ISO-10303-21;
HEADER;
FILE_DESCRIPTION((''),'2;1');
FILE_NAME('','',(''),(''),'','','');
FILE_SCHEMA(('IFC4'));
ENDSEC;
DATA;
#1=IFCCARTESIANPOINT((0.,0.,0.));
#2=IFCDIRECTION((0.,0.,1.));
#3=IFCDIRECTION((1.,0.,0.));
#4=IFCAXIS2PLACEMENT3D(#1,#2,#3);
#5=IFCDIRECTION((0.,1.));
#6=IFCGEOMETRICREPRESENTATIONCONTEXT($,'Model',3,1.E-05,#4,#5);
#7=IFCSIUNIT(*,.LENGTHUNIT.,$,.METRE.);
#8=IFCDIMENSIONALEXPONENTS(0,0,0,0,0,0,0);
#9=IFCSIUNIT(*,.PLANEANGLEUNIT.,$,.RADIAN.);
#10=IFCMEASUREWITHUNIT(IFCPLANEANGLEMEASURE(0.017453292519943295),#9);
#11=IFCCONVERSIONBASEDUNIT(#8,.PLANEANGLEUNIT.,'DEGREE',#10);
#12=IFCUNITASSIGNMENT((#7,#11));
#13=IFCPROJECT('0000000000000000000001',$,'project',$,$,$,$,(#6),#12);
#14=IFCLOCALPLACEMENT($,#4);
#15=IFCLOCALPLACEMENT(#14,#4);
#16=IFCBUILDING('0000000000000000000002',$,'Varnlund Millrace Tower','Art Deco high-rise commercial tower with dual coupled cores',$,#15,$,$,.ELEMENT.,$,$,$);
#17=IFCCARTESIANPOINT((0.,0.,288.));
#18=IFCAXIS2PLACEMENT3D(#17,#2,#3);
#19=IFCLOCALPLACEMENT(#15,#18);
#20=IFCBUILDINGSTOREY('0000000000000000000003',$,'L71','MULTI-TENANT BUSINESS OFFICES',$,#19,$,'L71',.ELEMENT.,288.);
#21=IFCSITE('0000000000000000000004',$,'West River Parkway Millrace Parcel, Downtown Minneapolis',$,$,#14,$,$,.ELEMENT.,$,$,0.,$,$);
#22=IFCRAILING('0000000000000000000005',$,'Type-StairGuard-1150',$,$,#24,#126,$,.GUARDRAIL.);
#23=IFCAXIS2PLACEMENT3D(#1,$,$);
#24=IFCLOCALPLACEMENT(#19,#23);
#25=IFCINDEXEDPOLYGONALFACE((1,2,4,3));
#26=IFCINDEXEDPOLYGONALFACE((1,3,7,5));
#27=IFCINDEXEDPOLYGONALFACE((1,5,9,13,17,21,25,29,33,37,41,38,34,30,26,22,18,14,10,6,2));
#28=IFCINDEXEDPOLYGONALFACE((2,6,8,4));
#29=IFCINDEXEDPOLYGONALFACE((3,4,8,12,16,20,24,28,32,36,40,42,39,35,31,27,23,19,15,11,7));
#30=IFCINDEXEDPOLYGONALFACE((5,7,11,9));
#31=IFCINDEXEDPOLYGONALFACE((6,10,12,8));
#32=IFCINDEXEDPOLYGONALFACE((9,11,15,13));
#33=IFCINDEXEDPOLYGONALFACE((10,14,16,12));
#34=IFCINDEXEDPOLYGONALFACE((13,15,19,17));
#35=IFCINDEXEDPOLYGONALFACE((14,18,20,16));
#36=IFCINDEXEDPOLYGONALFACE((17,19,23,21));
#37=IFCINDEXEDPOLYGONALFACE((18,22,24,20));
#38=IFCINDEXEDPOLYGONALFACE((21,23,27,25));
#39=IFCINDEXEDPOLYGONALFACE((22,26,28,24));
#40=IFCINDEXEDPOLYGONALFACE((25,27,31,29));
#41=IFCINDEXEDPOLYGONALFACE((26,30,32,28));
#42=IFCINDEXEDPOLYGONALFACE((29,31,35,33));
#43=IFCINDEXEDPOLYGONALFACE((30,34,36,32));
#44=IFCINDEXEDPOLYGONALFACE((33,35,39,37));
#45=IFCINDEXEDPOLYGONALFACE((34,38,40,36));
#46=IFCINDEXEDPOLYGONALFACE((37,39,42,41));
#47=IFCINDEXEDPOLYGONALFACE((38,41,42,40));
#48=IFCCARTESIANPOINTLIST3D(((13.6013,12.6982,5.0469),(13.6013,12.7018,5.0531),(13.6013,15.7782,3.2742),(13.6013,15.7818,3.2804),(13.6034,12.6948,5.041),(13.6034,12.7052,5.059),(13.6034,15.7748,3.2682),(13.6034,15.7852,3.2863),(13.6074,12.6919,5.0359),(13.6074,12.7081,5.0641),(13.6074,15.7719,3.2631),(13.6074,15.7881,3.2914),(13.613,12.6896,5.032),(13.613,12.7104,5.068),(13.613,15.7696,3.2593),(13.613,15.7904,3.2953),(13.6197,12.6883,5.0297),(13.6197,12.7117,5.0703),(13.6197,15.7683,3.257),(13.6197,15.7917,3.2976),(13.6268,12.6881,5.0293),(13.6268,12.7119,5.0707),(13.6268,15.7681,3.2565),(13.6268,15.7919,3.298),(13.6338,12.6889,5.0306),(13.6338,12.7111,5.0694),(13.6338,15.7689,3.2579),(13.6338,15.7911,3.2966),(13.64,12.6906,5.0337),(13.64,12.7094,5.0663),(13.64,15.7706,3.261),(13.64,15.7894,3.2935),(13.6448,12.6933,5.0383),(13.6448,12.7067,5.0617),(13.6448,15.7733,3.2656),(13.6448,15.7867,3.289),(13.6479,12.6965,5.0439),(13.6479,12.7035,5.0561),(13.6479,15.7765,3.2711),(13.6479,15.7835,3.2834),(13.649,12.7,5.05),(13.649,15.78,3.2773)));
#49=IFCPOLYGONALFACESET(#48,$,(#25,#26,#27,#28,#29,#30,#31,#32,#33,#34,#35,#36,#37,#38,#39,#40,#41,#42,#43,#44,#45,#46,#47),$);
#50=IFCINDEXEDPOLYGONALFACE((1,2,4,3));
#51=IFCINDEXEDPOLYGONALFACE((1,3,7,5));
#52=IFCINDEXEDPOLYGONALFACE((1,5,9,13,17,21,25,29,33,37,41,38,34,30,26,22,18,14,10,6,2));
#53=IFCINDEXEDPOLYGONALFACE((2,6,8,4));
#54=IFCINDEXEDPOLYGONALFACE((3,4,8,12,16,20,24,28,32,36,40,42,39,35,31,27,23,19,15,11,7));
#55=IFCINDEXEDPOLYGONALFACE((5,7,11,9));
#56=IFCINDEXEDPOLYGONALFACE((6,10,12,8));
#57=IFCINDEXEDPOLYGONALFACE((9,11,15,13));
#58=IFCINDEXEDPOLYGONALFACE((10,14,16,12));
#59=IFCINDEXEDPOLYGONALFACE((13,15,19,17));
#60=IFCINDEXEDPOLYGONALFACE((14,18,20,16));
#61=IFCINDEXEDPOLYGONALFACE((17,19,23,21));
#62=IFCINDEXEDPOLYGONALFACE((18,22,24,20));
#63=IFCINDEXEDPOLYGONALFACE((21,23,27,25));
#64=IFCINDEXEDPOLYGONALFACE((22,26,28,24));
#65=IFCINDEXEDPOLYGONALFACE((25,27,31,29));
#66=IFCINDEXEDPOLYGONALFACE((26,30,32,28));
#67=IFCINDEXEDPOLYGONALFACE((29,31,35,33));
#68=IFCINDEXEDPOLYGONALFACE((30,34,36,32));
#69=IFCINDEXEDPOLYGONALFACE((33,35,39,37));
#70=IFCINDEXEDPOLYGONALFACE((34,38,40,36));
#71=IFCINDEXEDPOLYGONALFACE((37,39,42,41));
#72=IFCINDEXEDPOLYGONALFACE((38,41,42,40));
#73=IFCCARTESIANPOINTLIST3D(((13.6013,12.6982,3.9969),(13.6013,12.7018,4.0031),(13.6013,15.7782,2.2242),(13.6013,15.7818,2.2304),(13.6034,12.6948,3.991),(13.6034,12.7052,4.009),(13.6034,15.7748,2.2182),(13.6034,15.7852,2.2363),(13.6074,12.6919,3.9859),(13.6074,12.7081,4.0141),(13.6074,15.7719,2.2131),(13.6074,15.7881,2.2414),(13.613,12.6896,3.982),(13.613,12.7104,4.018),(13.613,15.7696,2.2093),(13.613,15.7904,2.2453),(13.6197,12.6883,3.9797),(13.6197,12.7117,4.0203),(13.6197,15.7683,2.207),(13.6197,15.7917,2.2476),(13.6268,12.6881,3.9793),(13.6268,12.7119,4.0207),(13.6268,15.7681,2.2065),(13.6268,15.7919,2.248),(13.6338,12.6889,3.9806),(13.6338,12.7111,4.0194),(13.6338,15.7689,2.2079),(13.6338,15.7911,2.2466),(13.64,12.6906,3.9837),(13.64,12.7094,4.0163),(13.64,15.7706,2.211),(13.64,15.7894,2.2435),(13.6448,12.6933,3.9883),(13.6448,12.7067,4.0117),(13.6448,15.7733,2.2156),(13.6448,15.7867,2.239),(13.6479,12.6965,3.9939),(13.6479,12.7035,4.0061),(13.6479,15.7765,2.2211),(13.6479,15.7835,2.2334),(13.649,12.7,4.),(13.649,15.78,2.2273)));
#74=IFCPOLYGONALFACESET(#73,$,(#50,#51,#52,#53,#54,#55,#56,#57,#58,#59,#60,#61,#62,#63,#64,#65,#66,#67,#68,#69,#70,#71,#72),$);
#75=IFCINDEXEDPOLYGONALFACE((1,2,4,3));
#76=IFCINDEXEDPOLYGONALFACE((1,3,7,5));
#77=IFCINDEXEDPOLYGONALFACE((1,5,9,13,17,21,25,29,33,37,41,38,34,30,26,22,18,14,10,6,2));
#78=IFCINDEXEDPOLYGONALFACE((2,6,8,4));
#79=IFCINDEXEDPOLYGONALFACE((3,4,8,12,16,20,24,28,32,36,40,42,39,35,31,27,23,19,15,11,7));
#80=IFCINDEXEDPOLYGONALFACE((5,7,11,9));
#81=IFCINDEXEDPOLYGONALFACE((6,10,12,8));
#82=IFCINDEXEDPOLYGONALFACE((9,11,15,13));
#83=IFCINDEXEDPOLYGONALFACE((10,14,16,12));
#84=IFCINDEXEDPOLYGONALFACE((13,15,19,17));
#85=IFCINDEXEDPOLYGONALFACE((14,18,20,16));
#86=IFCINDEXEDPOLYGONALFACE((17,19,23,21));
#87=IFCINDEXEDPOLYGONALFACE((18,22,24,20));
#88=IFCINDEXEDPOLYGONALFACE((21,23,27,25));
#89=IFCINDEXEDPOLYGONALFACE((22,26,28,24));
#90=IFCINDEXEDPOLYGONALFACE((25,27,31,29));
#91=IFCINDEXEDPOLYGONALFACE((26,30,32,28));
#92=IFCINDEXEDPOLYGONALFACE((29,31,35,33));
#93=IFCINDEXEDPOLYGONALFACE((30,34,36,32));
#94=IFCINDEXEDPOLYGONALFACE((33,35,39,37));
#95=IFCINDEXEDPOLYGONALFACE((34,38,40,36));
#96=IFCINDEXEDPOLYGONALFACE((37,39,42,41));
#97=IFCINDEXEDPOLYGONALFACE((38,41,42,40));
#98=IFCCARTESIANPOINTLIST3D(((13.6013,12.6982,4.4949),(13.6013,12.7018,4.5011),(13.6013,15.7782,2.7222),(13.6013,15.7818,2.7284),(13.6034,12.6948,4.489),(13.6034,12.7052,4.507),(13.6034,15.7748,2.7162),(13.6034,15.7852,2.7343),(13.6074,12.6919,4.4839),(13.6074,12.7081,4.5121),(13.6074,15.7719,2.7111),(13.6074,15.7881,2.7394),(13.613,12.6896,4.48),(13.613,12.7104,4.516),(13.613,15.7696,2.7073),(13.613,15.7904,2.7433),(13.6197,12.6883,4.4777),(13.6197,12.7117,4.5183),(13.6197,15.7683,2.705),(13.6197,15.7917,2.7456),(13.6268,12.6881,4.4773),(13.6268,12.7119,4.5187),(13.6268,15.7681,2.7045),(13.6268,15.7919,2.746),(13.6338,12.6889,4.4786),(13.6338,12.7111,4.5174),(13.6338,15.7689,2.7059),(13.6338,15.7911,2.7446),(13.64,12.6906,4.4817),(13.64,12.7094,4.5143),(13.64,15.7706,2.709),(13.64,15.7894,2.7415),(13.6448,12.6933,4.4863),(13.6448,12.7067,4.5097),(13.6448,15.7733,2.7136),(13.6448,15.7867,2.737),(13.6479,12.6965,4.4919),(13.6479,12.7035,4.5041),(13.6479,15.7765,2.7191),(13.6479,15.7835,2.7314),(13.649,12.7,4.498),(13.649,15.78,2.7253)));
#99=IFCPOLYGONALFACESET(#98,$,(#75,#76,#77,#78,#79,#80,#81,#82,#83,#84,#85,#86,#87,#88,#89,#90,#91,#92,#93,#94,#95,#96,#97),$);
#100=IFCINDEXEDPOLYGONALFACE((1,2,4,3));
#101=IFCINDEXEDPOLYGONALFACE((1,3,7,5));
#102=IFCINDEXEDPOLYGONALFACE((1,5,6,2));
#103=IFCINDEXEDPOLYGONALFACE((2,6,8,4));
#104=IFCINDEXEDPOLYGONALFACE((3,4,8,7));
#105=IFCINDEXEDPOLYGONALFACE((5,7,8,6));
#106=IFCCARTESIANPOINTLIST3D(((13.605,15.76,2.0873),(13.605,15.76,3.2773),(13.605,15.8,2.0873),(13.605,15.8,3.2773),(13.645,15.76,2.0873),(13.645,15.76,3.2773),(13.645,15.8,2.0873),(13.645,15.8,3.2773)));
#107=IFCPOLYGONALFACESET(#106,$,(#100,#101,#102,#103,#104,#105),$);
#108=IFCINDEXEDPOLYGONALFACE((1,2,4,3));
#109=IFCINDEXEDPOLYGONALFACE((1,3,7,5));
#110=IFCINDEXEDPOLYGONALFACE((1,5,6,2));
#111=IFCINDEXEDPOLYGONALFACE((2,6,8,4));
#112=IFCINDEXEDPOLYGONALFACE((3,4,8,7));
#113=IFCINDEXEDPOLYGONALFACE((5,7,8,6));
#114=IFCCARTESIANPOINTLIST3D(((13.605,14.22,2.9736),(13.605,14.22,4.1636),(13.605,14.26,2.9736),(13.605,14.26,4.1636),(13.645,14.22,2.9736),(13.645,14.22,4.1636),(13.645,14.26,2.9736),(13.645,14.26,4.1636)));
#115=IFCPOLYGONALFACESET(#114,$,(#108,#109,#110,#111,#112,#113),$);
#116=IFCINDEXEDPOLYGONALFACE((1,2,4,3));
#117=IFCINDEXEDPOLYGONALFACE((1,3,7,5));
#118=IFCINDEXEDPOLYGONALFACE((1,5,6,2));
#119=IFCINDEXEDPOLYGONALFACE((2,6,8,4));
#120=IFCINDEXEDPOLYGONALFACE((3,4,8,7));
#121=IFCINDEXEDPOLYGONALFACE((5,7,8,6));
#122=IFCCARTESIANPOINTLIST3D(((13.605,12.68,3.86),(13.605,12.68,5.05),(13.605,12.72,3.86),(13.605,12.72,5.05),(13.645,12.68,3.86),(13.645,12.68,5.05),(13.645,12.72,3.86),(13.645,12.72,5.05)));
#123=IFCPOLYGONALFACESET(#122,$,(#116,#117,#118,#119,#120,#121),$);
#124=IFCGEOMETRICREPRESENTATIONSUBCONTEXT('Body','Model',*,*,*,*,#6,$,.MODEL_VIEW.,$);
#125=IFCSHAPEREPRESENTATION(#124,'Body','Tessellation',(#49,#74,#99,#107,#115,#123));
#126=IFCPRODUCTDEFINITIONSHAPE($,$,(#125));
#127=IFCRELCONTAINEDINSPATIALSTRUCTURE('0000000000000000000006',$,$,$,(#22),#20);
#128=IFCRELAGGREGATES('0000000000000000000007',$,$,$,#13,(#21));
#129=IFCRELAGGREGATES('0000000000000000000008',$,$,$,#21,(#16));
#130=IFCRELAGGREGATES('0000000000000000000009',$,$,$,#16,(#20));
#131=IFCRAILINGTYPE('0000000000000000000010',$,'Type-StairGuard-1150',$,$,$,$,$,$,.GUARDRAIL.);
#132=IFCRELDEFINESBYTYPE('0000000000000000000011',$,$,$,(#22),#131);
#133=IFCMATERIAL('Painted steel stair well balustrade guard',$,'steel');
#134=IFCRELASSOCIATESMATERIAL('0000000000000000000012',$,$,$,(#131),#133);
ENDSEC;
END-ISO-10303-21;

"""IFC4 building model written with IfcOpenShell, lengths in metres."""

from ifc_helpers import new_model, entity, si_unit, converted_unit, direction, frame, origin_with_axes, origin_2d_with_axis, place, context, subcontext, project, spatial, rectangle, circle, extrude, material, type_object, element, save


model = new_model("IFC4")

# Units and contexts
model_context = context("Model", 3, precision=1e-05, world=origin_with_axes(), true_north=direction((0.0, 1.0)))
body_context = subcontext(model_context, "Body", "Model", "MODEL_VIEW")
ifc_project = project(units=[si_unit("LENGTHUNIT", "METRE"), converted_unit("PLANEANGLEUNIT", "DEGREE", entity("IfcPlaneAngleMeasure", 0.017453292519943295), si_unit("PLANEANGLEUNIT", "RADIAN"), dimensions=[0, 0, 0, 0, 0, 0, 0])], contexts=[model_context])

# Site, building, storey
site_placement = place(None, origin_with_axes())
site = spatial("IfcSite", under=ifc_project, at=site_placement, Name="West River Parkway Millrace Parcel, Downtown Minneapolis", CompositionType="ELEMENT", RefElevation=0.0)
building_placement = place(site_placement, origin_with_axes())
building = spatial("IfcBuilding", under=site, at=building_placement, Name="Varnlund Millrace Tower", Description="Art Deco high-rise commercial tower with dual coupled cores", CompositionType="ELEMENT")
storey_placement = place(building_placement, frame((0.0, 0.0, 288.0), z_axis=(0.0, 0.0, 1.0), x_axis=(1.0, 0.0, 0.0)))
storey = spatial("IfcBuildingStorey", under=building, at=storey_placement, Name="L71", Description="MULTI-TENANT BUSINESS OFFICES", LongName="L71", CompositionType="ELEMENT", Elevation=288.0)

# Railing
ifc_material_1 = material(Name="Painted steel stair well balustrade guard", Category="steel")
railing_type_1 = type_object("IfcRailingType", Name="Type-StairGuard-1150", PredefinedType="GUARDRAIL", material=ifc_material_1)
railing_1_placement = place(storey_placement, frame((0.0, 0.0, -288.0), z_axis=(0.0, 0.0, 1.0), x_axis=(1.0, 0.0, 0.0)))
element("IfcRailing", 1, at=railing_1_placement, inside=storey, type_object=railing_type_1, Name="Type-StairGuard-1150", PredefinedType="GUARDRAIL", context=body_context, shape_type="SweptSolid", body=[
    extrude(circle(Radius=0.024, at=origin_2d_with_axis()), frame((13.625, 15.78, 291.2773), z_axis=(0.0, -0.866696, 0.498836), x_axis=(1.0, 0.0, 0.0)), (0.0, 0.0, 1.0), 3.5537),
    extrude(circle(Radius=0.024, at=origin_2d_with_axis()), frame((13.625, 15.78, 290.2273), z_axis=(0.0, -0.866696, 0.498836), x_axis=(1.0, 0.0, 0.0)), (0.0, 0.0, 1.0), 3.5537),
    extrude(circle(Radius=0.024, at=origin_2d_with_axis()), frame((13.625, 15.78, 290.7253), z_axis=(0.0, -0.866696, 0.498836), x_axis=(1.0, 0.0, 0.0)), (0.0, 0.0, 1.0), 3.5537),
    extrude(rectangle(XDim=0.04, YDim=0.04, at=origin_2d_with_axis()), frame((13.625, 15.78, 290.0873), z_axis=(0.0, 0.0, 1.0), x_axis=(1.0, 0.0, 0.0)), (0.0, 0.0, 1.0), 1.19),
    extrude(rectangle(XDim=0.04, YDim=0.04, at=origin_2d_with_axis()), frame((13.625, 14.24, 290.9736), z_axis=(0.0, 0.0, 1.0), x_axis=(1.0, 0.0, 0.0)), (0.0, 0.0, 1.0), 1.19),
    extrude(rectangle(XDim=0.04, YDim=0.04, at=origin_2d_with_axis()), frame((13.625, 12.7, 291.86), z_axis=(0.0, 0.0, 1.0), x_axis=(1.0, 0.0, 0.0)), (0.0, 0.0, 1.0), 1.19),
])

save(model, "model.ifc")
